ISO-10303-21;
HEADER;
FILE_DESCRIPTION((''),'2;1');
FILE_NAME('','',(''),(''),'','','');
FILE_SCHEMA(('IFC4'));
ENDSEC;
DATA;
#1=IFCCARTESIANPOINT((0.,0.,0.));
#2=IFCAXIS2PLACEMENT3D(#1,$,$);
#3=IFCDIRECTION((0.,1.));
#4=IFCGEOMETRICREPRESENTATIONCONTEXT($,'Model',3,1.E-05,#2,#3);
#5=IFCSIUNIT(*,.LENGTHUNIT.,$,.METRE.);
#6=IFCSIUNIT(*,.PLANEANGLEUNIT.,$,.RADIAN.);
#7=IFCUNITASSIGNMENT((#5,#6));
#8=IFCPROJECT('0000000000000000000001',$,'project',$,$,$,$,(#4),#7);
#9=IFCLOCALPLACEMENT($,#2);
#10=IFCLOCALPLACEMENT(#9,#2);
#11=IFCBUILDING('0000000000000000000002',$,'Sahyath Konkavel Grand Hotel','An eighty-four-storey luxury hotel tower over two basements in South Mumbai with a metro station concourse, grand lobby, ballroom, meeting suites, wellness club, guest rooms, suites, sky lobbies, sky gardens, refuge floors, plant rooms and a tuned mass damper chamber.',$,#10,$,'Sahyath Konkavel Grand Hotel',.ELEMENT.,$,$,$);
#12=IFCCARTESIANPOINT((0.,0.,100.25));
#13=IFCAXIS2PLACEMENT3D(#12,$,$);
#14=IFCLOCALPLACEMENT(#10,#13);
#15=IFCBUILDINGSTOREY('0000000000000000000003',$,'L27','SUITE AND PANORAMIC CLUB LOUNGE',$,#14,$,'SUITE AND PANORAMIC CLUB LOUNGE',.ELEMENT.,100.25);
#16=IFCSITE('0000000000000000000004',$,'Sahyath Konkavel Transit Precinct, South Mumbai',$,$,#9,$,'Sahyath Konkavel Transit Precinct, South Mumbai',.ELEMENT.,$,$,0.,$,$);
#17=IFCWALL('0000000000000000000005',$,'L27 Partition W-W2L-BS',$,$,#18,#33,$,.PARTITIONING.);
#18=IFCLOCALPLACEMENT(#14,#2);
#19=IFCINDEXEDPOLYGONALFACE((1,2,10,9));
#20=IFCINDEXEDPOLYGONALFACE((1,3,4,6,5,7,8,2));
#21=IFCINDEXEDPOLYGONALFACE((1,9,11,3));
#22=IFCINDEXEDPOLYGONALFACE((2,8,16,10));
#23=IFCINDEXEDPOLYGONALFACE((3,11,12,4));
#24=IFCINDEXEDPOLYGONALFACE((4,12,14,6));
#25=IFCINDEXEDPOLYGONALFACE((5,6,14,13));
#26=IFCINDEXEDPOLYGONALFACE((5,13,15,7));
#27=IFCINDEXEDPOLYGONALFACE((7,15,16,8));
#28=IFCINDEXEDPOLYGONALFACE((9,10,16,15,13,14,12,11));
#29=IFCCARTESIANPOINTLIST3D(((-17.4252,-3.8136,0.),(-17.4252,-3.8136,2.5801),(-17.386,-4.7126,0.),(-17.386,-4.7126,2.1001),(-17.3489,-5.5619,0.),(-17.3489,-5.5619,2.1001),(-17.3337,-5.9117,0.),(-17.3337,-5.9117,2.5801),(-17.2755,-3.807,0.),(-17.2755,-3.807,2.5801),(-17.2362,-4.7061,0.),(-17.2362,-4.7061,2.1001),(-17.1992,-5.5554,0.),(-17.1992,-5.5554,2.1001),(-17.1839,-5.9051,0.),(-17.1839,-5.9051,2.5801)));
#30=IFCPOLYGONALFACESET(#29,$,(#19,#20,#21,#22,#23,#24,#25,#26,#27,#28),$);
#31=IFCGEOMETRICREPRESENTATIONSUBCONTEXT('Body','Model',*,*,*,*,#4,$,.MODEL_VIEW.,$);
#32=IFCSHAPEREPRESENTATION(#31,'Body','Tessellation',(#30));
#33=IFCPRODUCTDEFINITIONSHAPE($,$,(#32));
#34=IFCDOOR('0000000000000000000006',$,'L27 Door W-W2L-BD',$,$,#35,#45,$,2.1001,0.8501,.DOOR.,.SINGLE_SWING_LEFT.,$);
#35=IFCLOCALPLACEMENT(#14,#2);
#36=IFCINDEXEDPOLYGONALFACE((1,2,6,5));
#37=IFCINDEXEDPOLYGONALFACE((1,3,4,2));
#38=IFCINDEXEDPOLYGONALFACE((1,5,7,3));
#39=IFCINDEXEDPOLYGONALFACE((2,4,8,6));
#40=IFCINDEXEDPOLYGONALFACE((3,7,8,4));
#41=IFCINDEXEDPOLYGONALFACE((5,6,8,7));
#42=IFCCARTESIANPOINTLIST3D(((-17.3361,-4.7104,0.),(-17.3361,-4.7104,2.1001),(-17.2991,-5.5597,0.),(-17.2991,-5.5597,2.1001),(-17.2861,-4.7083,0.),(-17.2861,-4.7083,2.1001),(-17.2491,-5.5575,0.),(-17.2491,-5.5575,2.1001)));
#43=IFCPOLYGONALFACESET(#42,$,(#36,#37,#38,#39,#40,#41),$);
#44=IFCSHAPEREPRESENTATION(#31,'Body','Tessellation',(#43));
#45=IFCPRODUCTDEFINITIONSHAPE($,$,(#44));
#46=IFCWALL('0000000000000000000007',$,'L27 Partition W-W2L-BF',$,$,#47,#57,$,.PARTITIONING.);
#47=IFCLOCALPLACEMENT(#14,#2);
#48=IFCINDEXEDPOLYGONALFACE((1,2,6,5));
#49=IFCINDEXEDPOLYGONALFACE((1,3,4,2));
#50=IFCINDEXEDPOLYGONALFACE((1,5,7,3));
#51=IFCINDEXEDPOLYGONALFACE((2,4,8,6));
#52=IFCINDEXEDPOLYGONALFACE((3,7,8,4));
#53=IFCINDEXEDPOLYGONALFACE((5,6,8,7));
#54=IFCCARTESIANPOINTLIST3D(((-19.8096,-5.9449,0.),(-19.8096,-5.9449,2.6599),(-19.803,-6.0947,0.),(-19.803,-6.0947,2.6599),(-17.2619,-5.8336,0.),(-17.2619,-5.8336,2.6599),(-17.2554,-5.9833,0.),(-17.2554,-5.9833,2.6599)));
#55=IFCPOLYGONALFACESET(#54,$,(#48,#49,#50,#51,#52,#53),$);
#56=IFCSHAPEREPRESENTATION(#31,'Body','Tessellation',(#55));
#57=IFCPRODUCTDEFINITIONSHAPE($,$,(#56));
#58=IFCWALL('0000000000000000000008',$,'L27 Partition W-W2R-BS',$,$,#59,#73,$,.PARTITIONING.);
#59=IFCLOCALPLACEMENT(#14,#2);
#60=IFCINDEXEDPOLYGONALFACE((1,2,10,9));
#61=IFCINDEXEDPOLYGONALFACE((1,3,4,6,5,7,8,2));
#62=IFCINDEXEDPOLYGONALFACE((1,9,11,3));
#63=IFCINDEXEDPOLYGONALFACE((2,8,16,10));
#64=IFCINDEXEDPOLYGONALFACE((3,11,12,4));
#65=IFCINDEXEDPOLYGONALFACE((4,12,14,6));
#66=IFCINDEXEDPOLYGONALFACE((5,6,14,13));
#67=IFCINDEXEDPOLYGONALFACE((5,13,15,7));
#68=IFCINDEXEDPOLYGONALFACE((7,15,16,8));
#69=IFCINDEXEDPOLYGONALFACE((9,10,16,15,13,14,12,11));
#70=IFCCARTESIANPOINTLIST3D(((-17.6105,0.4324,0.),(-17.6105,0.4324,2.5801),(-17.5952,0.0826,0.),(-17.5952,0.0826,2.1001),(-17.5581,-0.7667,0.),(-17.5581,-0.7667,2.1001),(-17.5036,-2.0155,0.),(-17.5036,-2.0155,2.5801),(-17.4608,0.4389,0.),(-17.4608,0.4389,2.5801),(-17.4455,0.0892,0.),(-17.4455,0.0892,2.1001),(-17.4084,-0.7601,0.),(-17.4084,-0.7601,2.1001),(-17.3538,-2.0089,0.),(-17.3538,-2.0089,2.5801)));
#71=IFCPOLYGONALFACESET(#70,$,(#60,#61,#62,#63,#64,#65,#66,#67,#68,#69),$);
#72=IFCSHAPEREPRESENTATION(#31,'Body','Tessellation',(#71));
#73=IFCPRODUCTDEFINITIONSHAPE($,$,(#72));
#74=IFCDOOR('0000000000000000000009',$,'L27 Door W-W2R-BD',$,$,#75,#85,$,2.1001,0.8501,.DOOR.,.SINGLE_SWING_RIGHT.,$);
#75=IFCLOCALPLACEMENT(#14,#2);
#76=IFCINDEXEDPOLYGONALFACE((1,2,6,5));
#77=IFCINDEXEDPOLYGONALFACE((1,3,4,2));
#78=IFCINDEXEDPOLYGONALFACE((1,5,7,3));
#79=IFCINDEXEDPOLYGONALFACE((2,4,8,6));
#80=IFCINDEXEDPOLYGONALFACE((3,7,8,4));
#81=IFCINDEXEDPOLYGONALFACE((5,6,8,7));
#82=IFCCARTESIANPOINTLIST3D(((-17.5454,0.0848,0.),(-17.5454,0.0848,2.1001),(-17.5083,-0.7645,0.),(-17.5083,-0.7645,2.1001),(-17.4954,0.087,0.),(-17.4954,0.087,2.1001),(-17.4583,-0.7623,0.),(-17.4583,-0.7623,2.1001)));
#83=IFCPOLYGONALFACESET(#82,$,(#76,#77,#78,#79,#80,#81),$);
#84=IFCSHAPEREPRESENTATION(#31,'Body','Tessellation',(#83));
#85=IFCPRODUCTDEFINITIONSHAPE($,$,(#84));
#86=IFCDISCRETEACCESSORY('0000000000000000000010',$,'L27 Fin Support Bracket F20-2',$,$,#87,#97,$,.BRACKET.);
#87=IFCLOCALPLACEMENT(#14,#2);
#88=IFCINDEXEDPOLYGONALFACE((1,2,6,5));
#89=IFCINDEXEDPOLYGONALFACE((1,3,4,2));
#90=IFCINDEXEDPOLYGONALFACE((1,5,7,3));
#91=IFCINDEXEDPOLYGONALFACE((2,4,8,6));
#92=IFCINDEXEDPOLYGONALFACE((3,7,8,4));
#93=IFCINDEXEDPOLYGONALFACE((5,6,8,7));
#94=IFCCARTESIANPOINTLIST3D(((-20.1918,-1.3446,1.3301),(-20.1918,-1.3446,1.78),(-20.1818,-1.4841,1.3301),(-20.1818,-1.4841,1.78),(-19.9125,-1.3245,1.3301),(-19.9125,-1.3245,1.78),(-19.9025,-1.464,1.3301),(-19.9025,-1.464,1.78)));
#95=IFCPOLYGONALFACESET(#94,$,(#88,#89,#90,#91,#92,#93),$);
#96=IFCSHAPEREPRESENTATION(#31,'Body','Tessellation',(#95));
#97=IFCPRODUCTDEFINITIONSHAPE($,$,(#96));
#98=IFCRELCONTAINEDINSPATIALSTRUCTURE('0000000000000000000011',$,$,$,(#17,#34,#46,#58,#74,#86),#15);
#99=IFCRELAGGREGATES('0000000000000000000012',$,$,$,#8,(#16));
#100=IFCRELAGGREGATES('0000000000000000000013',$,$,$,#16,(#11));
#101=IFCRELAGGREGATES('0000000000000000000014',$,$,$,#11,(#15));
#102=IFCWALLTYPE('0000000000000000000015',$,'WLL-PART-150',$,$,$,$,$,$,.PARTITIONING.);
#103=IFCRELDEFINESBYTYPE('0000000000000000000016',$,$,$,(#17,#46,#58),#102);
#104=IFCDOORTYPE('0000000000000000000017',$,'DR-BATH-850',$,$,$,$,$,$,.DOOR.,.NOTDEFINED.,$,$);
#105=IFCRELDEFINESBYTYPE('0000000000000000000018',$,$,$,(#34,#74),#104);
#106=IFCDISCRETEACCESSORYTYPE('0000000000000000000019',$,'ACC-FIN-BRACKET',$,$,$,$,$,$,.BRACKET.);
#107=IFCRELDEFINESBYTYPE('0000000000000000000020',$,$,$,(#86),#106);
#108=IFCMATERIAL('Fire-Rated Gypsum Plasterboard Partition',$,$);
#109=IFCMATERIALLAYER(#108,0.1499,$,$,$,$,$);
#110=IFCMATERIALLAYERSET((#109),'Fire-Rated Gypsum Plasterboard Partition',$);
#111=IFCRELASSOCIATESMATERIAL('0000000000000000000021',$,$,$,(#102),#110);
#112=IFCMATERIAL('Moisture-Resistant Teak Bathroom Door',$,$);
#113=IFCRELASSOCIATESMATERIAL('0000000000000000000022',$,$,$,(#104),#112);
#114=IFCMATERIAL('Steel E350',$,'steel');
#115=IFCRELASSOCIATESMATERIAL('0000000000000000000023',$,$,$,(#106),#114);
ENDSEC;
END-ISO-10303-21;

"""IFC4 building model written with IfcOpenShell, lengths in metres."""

from ifc_helpers import new_model, si_unit, direction, frame, frame_2d, origin, origin_2d, place, context, subcontext, project, spatial, rectangle, extrude, source, transform, mapped, material, layer, layer_set, type_object, element, fill, save


model = new_model("IFC4")

# Units and contexts
model_context = context("Model", 3, precision=1e-05, world=origin(), true_north=direction((0.0, 1.0)))
body_context = subcontext(model_context, "Body", "Model", "MODEL_VIEW")
ifc_project = project(units=[si_unit("LENGTHUNIT", "METRE"), si_unit("PLANEANGLEUNIT", "RADIAN")], contexts=[model_context])

# Site, building, storey
site_placement = place(None, origin())
site = spatial("IfcSite", under=ifc_project, at=site_placement, Name="Sahyath Konkavel Transit Precinct, South Mumbai", LongName="Sahyath Konkavel Transit Precinct, South Mumbai", CompositionType="ELEMENT", RefElevation=0.0)
building_placement = place(site_placement, origin())
building = spatial("IfcBuilding", under=site, at=building_placement, Name="Sahyath Konkavel Grand Hotel", Description="An eighty-four-storey luxury hotel tower over two basements in South Mumbai with a metro station concourse, grand lobby, ballroom, meeting suites, wellness club, guest rooms, suites, sky lobbies, sky gardens, refuge floors, plant rooms and a tuned mass damper chamber.", LongName="Sahyath Konkavel Grand Hotel", CompositionType="ELEMENT")
storey_placement = place(building_placement, frame((0.0, 0.0, 100.25)))
storey = spatial("IfcBuildingStorey", under=building, at=storey_placement, Name="L27", Description="SUITE AND PANORAMIC CLUB LOUNGE", LongName="SUITE AND PANORAMIC CLUB LOUNGE", CompositionType="ELEMENT", Elevation=100.25)

# Shared definitions
ifc_material_1 = material(Name="Steel E350", Category="steel")

# Wall, opening, door
ifc_material_2 = material(Name="Fire-Rated Gypsum Plasterboard Partition")
ifc_layer_1 = layer(ifc_material_2, 0.1499)
ifc_layer_set_1 = layer_set([ifc_layer_1], Name="Fire-Rated Gypsum Plasterboard Partition")
wall_type_1 = type_object("IfcWallType", Name="WLL-PART-150", PredefinedType="PARTITIONING", material=ifc_layer_set_1)
wall_1_placement = place(storey_placement, frame((-17.3503, -3.8103, 0.0), z_axis=(0.0, 0.0, 1.0), x_axis=(0.043594, -0.999049, 0.0)))
wall_1 = element("IfcWall", 1, at=wall_1_placement, inside=storey, type_object=wall_type_1, Name="L27 Partition W-W2L-BS", PredefinedType="PARTITIONING", context=body_context, shape_type="SweptSolid", body=[
    extrude(rectangle(XDim=2.1001, YDim=0.1499, at=frame_2d((1.05, 0.0))), origin(), (0.0, 0.0, 1.0), 2.5801),
])
opening_1_placement = place(wall_1_placement, frame((0.8999, 0.0, 0.0)))
opening_1 = element("IfcOpeningElement", 2, at=opening_1_placement, cuts=wall_1, PredefinedType="OPENING", context=body_context, shape_type="SweptSolid", body=[
    extrude(rectangle(XDim=0.8501, YDim=2.1001, at=frame_2d((0.425, 1.05))), frame((0.0, 0.085, 0.0), z_axis=(0.0, -1.0, 0.0), x_axis=(1.0, 0.0, 0.0)), (0.0, 0.0, 1.0), 0.1699),
])
ifc_material_3 = material(Name="Moisture-Resistant Teak Bathroom Door")
door_type = type_object("IfcDoorType", Name="DR-BATH-850", OperationType="NOTDEFINED", PredefinedType="DOOR", material=ifc_material_3)
shared_shape_1 = source(origin(), body_context, "Body", "SweptSolid", [
    extrude(rectangle(XDim=0.8501, YDim=0.05, at=origin_2d()), origin(), (0.0, 0.0, 1.0), 2.1001),
])
door_1_placement = place(opening_1_placement, frame((0.425, 0.0, 0.0)))
door_1 = element("IfcDoor", 3, at=door_1_placement, inside=storey, type_object=door_type, Name="L27 Door W-W2L-BD", OperationType="SINGLE_SWING_LEFT", OverallHeight=2.1001, OverallWidth=0.8501, PredefinedType="DOOR", context=body_context, shape_type="MappedRepresentation", body=[
    mapped(shared_shape_1, transform((0.0, 0.0, 0.0), scale=1.0)),
])
fill(opening_1, door_1)

# Wall
wall_2_placement = place(storey_placement, frame((-17.2588, -5.9084, 0.0), z_axis=(0.0, 0.0, 1.0), x_axis=(-0.999047, -0.043657, 0.0)))
element("IfcWall", 4, at=wall_2_placement, inside=storey, type_object=wall_type_1, Name="L27 Partition W-W2L-BF", PredefinedType="PARTITIONING", context=body_context, shape_type="SweptSolid", body=[
    extrude(rectangle(XDim=2.55, YDim=0.1499, at=frame_2d((1.2749, 0.0))), origin(), (0.0, 0.0, 1.0), 2.6599),
])

# Wall, opening, door
wall_3_placement = place(storey_placement, frame((-17.4287, -2.0122, 0.0), z_axis=(0.0, 0.0, 1.0), x_axis=(-0.043645, 0.999047, 0.0)))
wall_3 = element("IfcWall", 5, at=wall_3_placement, inside=storey, type_object=wall_type_1, Name="L27 Partition W-W2R-BS", PredefinedType="PARTITIONING", context=body_context, shape_type="SweptSolid", body=[
    extrude(rectangle(XDim=2.4502, YDim=0.1499, at=frame_2d((1.2251, 0.0))), origin(), (0.0, 0.0, 1.0), 2.5801),
])
opening_2_placement = place(wall_3_placement, frame((1.25, 0.0, 0.0)))
opening_2 = element("IfcOpeningElement", 6, at=opening_2_placement, cuts=wall_3, PredefinedType="OPENING", context=body_context, shape_type="SweptSolid", body=[
    extrude(rectangle(XDim=0.8501, YDim=2.1001, at=frame_2d((0.425, 1.05))), frame((0.0, 0.085, 0.0), z_axis=(0.0, -1.0, 0.0), x_axis=(1.0, 0.0, 0.0)), (0.0, 0.0, 1.0), 0.1699),
])
door_2_placement = place(opening_2_placement, frame((0.425, 0.0, 0.0)))
door_2 = element("IfcDoor", 7, at=door_2_placement, inside=storey, type_object=door_type, Name="L27 Door W-W2R-BD", OperationType="SINGLE_SWING_RIGHT", OverallHeight=2.1001, OverallWidth=0.8501, PredefinedType="DOOR", context=body_context, shape_type="MappedRepresentation", body=[
    mapped(shared_shape_1, transform((0.0, 0.0, 0.0), scale=1.0)),
])
fill(opening_2, door_2)

# Discrete accessory
discrete_accessory_type = type_object("IfcDiscreteAccessoryType", Name="ACC-FIN-BRACKET", PredefinedType="BRACKET", material=ifc_material_1)
shared_shape_2 = source(origin(), body_context, "Body", "SweptSolid", [
    extrude(rectangle(XDim=0.28, YDim=0.1399, at=origin_2d()), origin(), (0.0, 0.0, 1.0), 0.45),
])
discrete_accessory_placement = place(storey_placement, frame((-20.0471, -1.4043, 1.3301), z_axis=(0.0, 0.0, 1.0), x_axis=(-0.997436, -0.071567, 0.0)))
element("IfcDiscreteAccessory", 8, at=discrete_accessory_placement, inside=storey, type_object=discrete_accessory_type, Name="L27 Fin Support Bracket F20-2", PredefinedType="BRACKET", context=body_context, shape_type="MappedRepresentation", body=[
    mapped(shared_shape_2, transform((0.0, 0.0, 0.0), scale=1.0)),
])

save(model, "model.ifc")
